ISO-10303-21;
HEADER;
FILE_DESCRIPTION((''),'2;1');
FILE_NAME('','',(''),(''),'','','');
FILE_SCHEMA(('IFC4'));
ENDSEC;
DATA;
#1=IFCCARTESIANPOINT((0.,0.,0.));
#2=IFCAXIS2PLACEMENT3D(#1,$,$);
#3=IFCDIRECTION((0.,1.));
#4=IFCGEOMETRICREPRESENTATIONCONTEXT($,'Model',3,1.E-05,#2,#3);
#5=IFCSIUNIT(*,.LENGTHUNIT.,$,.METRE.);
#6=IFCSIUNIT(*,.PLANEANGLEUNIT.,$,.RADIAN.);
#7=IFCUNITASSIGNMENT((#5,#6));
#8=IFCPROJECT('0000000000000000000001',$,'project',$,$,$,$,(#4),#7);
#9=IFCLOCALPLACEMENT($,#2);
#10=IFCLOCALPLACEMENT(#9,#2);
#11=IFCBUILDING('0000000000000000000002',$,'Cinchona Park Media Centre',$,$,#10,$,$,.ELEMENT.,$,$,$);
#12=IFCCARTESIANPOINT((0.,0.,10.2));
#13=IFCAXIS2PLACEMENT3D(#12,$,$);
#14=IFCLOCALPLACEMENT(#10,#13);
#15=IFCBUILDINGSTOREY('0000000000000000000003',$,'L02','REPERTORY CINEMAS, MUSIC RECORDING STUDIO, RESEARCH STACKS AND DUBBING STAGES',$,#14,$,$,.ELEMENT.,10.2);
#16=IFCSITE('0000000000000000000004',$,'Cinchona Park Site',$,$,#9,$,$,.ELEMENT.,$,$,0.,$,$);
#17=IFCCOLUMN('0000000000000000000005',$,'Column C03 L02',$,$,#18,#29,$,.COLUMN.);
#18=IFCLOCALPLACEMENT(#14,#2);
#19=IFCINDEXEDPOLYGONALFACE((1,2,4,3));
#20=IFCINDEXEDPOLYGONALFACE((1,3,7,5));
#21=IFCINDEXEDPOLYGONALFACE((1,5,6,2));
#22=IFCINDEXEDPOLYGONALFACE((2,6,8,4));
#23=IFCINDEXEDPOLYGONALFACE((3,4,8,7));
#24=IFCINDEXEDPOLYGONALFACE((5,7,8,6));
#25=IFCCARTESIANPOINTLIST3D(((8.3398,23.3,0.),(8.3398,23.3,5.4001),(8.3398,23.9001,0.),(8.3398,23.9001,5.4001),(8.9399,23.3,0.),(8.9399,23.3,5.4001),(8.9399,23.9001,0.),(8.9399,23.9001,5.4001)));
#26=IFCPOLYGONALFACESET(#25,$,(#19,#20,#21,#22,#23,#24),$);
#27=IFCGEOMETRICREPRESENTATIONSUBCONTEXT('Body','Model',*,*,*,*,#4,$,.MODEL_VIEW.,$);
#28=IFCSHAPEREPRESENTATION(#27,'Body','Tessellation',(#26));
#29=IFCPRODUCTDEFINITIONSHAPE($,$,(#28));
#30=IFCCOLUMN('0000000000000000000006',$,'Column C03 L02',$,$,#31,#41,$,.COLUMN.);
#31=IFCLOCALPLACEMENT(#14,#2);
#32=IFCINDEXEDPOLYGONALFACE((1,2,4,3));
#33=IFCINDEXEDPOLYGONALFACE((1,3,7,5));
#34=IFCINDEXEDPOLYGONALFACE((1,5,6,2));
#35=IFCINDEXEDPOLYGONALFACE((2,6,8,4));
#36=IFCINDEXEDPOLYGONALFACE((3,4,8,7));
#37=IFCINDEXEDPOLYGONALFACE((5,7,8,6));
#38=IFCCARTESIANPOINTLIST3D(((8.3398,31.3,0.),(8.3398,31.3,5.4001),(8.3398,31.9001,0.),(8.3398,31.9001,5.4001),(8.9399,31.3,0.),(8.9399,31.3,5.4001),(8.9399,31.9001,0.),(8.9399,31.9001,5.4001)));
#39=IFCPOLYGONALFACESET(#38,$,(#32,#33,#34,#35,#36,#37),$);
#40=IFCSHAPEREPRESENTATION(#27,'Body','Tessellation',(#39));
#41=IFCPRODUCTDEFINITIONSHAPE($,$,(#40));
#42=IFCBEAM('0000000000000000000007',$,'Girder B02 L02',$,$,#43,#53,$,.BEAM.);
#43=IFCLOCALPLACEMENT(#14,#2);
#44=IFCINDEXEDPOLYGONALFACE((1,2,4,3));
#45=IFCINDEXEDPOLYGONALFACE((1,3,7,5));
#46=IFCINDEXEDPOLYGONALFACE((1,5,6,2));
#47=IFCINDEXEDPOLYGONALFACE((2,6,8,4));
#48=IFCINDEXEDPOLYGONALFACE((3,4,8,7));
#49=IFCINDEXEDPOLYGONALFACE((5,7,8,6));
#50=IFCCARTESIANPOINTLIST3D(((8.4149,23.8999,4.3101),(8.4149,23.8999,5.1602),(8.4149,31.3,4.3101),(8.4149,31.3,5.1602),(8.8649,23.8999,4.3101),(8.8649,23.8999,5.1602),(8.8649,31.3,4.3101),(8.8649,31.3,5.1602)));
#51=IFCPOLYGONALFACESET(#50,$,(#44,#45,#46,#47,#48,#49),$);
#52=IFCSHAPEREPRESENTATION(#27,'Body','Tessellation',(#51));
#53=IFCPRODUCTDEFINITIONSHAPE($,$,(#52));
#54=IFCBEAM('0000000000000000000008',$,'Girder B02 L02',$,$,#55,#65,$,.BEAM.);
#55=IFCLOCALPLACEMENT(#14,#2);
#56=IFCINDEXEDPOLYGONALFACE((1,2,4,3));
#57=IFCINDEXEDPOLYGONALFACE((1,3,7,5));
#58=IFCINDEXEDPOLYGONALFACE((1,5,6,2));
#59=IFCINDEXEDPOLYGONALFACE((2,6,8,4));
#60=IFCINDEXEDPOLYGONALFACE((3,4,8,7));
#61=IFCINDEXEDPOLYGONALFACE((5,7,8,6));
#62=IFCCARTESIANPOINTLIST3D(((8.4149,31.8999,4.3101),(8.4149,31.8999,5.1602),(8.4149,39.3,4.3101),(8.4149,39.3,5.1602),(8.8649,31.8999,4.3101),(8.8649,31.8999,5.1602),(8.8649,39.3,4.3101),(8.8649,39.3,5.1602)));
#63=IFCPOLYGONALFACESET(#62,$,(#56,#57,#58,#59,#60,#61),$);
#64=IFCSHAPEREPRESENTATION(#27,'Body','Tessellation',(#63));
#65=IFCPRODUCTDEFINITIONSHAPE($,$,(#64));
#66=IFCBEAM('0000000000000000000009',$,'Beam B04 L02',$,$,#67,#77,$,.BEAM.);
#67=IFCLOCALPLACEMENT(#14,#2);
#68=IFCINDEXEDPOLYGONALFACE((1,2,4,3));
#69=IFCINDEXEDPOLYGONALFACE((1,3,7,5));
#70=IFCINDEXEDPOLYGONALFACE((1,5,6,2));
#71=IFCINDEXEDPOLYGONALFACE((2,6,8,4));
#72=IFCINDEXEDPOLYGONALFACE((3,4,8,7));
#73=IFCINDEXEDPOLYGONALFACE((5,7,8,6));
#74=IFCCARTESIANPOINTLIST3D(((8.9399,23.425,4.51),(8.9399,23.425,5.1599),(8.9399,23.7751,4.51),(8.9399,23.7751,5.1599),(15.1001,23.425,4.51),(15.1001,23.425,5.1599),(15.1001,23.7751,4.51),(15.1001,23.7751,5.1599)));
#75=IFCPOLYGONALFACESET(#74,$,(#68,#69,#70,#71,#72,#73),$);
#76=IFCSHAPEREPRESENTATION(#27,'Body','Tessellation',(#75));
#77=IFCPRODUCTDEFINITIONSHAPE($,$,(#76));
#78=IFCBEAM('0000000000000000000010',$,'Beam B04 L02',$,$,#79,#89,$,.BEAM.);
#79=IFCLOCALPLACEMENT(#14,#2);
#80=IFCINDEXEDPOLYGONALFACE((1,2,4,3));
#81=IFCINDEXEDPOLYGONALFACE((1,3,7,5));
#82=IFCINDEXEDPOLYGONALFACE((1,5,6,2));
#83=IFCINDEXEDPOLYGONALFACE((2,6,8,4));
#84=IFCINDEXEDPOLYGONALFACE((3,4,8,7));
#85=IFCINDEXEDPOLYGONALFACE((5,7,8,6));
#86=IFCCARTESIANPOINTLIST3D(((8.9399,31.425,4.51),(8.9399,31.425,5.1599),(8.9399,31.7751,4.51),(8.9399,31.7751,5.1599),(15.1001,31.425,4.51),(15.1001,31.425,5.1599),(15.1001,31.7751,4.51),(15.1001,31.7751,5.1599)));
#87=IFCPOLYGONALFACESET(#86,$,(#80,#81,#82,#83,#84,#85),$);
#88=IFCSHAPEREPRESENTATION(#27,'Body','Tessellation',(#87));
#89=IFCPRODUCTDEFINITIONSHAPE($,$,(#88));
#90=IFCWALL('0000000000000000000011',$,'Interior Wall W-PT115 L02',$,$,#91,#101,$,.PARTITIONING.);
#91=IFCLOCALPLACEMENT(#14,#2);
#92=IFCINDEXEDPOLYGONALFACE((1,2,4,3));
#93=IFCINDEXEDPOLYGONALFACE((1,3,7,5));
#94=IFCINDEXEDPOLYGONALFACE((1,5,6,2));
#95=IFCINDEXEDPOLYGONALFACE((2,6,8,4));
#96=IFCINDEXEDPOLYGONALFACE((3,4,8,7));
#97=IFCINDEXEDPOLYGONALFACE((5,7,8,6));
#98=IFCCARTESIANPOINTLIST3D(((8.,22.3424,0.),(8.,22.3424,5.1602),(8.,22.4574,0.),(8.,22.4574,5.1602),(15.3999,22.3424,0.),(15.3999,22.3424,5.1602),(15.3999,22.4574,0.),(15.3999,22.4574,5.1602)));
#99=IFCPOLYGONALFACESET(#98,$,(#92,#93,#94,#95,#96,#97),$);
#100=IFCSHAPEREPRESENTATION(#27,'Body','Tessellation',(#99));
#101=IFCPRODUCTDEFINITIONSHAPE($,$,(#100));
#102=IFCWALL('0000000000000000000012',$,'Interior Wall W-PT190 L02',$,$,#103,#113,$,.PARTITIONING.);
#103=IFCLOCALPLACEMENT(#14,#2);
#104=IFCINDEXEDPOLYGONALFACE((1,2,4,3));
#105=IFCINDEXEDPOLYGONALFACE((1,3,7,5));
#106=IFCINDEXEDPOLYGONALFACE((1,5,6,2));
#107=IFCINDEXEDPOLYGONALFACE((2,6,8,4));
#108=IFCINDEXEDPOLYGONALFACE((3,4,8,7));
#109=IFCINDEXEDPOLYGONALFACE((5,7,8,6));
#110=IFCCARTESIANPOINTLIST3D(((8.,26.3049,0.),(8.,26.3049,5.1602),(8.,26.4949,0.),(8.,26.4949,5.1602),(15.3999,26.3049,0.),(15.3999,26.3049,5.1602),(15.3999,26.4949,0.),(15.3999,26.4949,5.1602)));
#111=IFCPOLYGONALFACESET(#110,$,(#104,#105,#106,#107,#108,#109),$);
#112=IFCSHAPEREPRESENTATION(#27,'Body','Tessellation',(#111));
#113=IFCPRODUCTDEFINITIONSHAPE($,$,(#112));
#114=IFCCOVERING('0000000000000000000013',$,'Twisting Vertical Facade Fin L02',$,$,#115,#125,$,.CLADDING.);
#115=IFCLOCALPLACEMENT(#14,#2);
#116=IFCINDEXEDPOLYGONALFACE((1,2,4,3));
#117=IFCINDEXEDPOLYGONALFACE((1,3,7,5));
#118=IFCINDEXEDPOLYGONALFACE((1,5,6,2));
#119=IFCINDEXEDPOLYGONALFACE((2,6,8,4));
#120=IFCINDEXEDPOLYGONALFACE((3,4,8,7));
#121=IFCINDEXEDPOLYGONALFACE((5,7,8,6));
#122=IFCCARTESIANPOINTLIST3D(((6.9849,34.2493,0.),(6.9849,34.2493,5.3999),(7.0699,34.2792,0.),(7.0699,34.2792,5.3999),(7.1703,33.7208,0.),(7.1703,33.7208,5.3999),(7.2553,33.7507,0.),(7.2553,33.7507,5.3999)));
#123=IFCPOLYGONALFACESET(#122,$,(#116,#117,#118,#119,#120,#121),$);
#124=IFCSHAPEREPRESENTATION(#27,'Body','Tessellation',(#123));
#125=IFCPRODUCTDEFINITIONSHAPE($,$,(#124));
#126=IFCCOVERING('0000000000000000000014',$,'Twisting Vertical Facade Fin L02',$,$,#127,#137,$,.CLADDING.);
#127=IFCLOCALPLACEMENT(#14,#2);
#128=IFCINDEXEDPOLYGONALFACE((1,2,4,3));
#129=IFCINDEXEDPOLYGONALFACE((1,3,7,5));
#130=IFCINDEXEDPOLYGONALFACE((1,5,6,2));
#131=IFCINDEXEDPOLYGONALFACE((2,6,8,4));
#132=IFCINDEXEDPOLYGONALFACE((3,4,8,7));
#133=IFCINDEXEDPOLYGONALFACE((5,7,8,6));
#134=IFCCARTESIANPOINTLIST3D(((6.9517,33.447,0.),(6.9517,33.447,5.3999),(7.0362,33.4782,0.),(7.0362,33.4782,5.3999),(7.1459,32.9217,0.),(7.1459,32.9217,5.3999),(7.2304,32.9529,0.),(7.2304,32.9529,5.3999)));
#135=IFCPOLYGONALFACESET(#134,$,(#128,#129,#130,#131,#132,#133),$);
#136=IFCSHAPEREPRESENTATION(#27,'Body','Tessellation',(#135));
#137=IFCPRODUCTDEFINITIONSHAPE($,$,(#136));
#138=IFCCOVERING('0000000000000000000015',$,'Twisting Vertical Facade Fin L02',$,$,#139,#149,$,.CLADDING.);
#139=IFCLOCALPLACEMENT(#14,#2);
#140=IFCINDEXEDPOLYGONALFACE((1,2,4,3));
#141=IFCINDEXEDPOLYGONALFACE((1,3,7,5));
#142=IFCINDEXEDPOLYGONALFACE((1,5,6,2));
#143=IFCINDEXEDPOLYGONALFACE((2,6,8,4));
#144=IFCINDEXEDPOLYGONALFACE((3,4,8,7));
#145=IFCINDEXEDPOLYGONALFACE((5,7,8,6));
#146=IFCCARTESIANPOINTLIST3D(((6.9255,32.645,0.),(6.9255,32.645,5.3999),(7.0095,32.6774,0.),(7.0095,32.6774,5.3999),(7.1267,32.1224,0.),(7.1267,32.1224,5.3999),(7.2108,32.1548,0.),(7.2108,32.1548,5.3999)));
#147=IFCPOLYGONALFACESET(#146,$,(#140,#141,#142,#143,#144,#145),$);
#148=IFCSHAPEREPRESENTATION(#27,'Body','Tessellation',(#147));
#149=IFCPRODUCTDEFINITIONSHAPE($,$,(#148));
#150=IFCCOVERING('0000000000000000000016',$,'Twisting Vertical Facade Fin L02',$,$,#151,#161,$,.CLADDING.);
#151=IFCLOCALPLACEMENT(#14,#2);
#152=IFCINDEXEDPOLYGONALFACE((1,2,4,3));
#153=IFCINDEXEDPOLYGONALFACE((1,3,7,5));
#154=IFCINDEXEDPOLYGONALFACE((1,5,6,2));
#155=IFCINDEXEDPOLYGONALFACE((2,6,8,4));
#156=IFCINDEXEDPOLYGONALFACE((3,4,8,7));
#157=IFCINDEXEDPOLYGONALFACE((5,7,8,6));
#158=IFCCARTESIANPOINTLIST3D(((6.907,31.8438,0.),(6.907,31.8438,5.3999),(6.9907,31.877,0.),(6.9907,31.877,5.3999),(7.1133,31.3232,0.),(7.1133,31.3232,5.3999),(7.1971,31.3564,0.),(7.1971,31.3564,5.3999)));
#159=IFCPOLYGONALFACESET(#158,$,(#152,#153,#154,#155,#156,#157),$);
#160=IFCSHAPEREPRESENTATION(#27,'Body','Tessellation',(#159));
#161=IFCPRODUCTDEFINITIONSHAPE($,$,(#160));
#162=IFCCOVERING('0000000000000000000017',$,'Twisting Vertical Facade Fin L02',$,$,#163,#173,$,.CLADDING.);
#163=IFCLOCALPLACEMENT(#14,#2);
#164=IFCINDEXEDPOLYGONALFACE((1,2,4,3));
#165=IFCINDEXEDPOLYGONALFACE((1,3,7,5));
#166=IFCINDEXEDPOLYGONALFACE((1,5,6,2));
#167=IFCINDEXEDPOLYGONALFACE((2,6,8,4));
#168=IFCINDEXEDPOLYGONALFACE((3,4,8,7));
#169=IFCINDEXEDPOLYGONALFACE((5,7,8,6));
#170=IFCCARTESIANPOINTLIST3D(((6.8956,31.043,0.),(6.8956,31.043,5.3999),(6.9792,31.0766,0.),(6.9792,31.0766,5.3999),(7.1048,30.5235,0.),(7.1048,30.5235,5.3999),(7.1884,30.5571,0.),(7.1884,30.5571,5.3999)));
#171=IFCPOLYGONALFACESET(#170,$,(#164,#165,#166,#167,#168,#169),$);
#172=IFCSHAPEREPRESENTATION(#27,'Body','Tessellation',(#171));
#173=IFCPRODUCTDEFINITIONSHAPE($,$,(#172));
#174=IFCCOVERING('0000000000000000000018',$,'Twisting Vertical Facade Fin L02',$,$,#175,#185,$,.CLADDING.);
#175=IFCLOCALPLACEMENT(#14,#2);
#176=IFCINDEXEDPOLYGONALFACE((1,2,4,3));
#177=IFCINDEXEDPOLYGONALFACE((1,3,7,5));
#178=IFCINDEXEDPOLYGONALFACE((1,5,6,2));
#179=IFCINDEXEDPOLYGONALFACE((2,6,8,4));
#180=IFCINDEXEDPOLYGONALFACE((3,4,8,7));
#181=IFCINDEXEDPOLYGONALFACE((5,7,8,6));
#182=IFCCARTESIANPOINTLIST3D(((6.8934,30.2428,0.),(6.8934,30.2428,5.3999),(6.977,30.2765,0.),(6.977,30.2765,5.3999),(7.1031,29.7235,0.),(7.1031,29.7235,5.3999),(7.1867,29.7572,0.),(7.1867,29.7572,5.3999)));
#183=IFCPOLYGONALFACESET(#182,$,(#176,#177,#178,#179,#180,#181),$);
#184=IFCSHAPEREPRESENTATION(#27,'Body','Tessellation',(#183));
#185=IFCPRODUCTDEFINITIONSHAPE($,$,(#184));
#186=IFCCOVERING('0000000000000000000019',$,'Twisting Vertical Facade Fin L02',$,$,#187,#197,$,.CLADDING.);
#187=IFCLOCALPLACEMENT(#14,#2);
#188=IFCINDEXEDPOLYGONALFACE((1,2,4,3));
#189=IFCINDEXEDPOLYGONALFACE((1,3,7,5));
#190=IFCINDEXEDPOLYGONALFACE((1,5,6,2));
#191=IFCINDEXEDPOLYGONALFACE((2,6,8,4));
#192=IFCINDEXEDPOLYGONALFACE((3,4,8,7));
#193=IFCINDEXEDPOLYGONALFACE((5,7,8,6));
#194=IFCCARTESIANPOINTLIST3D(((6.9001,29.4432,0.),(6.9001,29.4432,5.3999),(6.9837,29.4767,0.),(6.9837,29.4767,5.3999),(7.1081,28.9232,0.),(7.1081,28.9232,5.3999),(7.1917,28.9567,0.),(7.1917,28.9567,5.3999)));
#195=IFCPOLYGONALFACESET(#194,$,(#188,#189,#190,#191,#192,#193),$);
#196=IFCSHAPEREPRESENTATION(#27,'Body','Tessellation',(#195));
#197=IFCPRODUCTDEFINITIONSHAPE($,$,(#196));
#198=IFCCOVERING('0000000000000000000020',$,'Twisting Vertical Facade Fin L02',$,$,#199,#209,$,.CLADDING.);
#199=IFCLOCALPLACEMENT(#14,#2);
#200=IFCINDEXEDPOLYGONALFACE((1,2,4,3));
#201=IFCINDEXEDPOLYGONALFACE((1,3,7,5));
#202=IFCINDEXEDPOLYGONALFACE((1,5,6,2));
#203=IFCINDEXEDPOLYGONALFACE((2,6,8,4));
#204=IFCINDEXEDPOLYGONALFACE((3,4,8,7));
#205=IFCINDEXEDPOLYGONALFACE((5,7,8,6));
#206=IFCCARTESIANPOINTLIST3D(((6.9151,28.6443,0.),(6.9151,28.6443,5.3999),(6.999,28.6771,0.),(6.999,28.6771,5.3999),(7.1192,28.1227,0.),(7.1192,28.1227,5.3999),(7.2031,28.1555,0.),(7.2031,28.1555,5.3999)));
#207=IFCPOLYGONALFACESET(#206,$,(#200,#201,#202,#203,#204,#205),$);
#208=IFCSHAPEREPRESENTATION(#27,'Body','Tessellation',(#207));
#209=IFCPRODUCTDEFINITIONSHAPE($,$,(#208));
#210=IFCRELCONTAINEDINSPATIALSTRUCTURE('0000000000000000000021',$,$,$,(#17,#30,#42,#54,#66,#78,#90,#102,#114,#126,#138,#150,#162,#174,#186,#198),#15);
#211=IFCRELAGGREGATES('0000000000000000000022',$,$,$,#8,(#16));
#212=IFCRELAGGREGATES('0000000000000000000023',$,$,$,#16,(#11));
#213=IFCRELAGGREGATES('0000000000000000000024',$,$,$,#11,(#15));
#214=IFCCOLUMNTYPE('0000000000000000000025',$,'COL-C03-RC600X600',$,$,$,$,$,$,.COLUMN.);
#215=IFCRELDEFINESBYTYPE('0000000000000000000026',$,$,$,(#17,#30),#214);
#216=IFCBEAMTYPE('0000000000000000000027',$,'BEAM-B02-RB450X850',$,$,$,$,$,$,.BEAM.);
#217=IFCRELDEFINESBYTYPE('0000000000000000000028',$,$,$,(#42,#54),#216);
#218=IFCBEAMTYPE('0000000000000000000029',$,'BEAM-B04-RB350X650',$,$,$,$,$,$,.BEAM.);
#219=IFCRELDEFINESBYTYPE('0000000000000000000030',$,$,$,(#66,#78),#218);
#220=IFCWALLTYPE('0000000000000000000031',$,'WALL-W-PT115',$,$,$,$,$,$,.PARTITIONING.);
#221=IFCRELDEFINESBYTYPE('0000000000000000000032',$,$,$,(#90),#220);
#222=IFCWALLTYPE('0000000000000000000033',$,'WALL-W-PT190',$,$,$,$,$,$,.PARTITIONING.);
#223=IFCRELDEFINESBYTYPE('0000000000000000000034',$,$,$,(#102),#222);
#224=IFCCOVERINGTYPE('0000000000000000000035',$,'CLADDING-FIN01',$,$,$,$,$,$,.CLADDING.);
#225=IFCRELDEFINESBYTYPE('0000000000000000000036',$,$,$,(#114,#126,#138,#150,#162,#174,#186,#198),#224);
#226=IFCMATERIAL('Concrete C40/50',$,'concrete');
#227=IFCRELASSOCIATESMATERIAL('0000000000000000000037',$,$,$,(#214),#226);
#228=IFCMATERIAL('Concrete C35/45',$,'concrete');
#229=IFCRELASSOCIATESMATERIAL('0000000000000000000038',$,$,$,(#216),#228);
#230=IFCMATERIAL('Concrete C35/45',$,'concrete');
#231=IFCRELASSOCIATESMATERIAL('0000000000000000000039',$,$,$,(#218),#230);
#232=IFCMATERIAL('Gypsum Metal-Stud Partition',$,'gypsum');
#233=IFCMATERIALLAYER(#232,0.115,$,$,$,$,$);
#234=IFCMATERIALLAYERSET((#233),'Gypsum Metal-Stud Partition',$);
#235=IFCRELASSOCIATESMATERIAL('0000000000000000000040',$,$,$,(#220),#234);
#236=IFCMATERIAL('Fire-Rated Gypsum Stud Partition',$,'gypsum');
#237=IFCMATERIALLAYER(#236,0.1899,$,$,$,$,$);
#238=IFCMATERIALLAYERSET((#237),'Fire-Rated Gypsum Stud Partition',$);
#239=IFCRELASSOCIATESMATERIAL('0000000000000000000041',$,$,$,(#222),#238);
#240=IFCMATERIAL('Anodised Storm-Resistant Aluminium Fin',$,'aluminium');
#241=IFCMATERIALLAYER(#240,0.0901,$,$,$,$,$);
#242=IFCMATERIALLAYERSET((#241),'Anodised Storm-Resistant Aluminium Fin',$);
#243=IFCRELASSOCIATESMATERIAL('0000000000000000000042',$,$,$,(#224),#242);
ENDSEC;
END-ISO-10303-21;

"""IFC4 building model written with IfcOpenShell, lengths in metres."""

from ifc_helpers import new_model, si_unit, direction, frame, frame_2d, origin, origin_2d, place, context, subcontext, project, spatial, rectangle, extrude, material, layer, layer_set, material_profile, profile_set, type_object, element, save


model = new_model("IFC4")

# Units and contexts
model_context = context("Model", 3, precision=1e-05, world=origin(), true_north=direction((0.0, 1.0)))
body_context = subcontext(model_context, "Body", "Model", "MODEL_VIEW")
ifc_project = project(units=[si_unit("LENGTHUNIT", "METRE"), si_unit("PLANEANGLEUNIT", "RADIAN")], contexts=[model_context])

# Site, building, storey
site_placement = place(None, origin())
site = spatial("IfcSite", under=ifc_project, at=site_placement, Name="Cinchona Park Site", CompositionType="ELEMENT", RefElevation=0.0)
building_placement = place(site_placement, origin())
building = spatial("IfcBuilding", under=site, at=building_placement, Name="Cinchona Park Media Centre", CompositionType="ELEMENT")
storey_placement = place(building_placement, frame((0.0, 0.0, 10.2)))
storey = spatial("IfcBuildingStorey", under=building, at=storey_placement, Name="L02", Description="REPERTORY CINEMAS, MUSIC RECORDING STUDIO, RESEARCH STACKS AND DUBBING STAGES", CompositionType="ELEMENT", Elevation=10.2)

# Columns
ifc_material_1 = material(Name="Concrete C40/50", Category="concrete")
ifc_material_profile_1 = material_profile(ifc_material_1, rectangle(XDim=0.6001, YDim=0.6001, at=origin_2d()), Name="RC 600X600")
ifc_profile_set_1 = profile_set([ifc_material_profile_1], Name="Concrete C40/50")
column_type = type_object("IfcColumnType", Name="COL-C03-RC600X600", PredefinedType="COLUMN", material=ifc_profile_set_1)
for number, where, z_axis, x_axis, name in (
    (1, (8.6399, 23.6001, 0.0), (0.0, 0.0, 1.0), (1.0, 0.0, 0.0), "Column C03 L02"),
    (2, (8.6399, 31.6001, 0.0), (0.0, 0.0, 1.0), (1.0, 0.0, 0.0), "Column C03 L02"),
):
    element("IfcColumn", number, at=place(storey_placement, frame(where, z_axis=z_axis, x_axis=x_axis)), inside=storey, type_object=column_type, Name=name, PredefinedType="COLUMN", context=body_context, shape_type="SweptSolid", body=[
        extrude(rectangle(XDim=0.6001, YDim=0.6001, at=origin_2d()), origin(), (0.0, 0.0, 1.0), 5.4001),
    ])

# Beams
ifc_material_2 = material(Name="Concrete C35/45", Category="concrete")
ifc_material_profile_2 = material_profile(ifc_material_2, rectangle(XDim=0.45, YDim=0.8501, at=origin_2d()), Name="RB 450X850")
ifc_profile_set_2 = profile_set([ifc_material_profile_2], Name="Concrete C35/45")
beam_type_1 = type_object("IfcBeamType", Name="BEAM-B02-RB450X850", PredefinedType="BEAM", material=ifc_profile_set_2)
for number, where, z_axis, x_axis, name in (
    (3, (8.6399, 23.8999, 4.7351), (0.0, 1.0, 0.0), (-1.0, 0.0, 0.0), "Girder B02 L02"),
    (4, (8.6399, 31.8999, 4.7351), (0.0, 1.0, 0.0), (-1.0, 0.0, 0.0), "Girder B02 L02"),
):
    element("IfcBeam", number, at=place(storey_placement, frame(where, z_axis=z_axis, x_axis=x_axis)), inside=storey, type_object=beam_type_1, Name=name, PredefinedType="BEAM", context=body_context, shape_type="SweptSolid", body=[
        extrude(rectangle(XDim=0.45, YDim=0.8501, at=origin_2d()), origin(), (0.0, 0.0, 1.0), 7.4001),
    ])
ifc_material_3 = material(Name="Concrete C35/45", Category="concrete")
ifc_material_profile_3 = material_profile(ifc_material_3, rectangle(XDim=0.3501, YDim=0.6499, at=origin_2d()), Name="RB 350X650")
ifc_profile_set_3 = profile_set([ifc_material_profile_3], Name="Concrete C35/45")
beam_type_2 = type_object("IfcBeamType", Name="BEAM-B04-RB350X650", PredefinedType="BEAM", material=ifc_profile_set_3)
for number, where, z_axis, x_axis, name in (
    (5, (8.9399, 23.6001, 4.835), (1.0, 0.0, 0.0), (0.0, 1.0, 0.0), "Beam B04 L02"),
    (6, (8.9399, 31.6001, 4.835), (1.0, 0.0, 0.0), (0.0, 1.0, 0.0), "Beam B04 L02"),
):
    element("IfcBeam", number, at=place(storey_placement, frame(where, z_axis=z_axis, x_axis=x_axis)), inside=storey, type_object=beam_type_2, Name=name, PredefinedType="BEAM", context=body_context, shape_type="SweptSolid", body=[
        extrude(rectangle(XDim=0.3501, YDim=0.6499, at=origin_2d()), origin(), (0.0, 0.0, 1.0), 6.1602),
    ])

# Walls
ifc_material_4 = material(Name="Gypsum Metal-Stud Partition", Category="gypsum")
ifc_layer_1 = layer(ifc_material_4, 0.115)
ifc_layer_set_1 = layer_set([ifc_layer_1], Name="Gypsum Metal-Stud Partition")
wall_type_1 = type_object("IfcWallType", Name="WALL-W-PT115", PredefinedType="PARTITIONING", material=ifc_layer_set_1)
wall_1_placement = place(storey_placement, frame((8.0, 22.3999, 0.0), z_axis=(0.0, 0.0, 1.0), x_axis=(1.0, 0.0, 0.0)))
element("IfcWall", 7, at=wall_1_placement, inside=storey, type_object=wall_type_1, Name="Interior Wall W-PT115 L02", PredefinedType="PARTITIONING", context=body_context, shape_type="SweptSolid", body=[
    extrude(rectangle(XDim=7.3999, YDim=0.115, at=frame_2d((3.7, 0.0))), origin(), (0.0, 0.0, 1.0), 5.1602),
])
ifc_material_5 = material(Name="Fire-Rated Gypsum Stud Partition", Category="gypsum")
ifc_layer_2 = layer(ifc_material_5, 0.1899)
ifc_layer_set_2 = layer_set([ifc_layer_2], Name="Fire-Rated Gypsum Stud Partition")
wall_type_2 = type_object("IfcWallType", Name="WALL-W-PT190", PredefinedType="PARTITIONING", material=ifc_layer_set_2)
wall_2_placement = place(storey_placement, frame((8.0, 26.3999, 0.0), z_axis=(0.0, 0.0, 1.0), x_axis=(1.0, 0.0, 0.0)))
element("IfcWall", 8, at=wall_2_placement, inside=storey, type_object=wall_type_2, Name="Interior Wall W-PT190 L02", PredefinedType="PARTITIONING", context=body_context, shape_type="SweptSolid", body=[
    extrude(rectangle(XDim=7.3999, YDim=0.1899, at=frame_2d((3.7, 0.0))), origin(), (0.0, 0.0, 1.0), 5.1602),
])

# Coverings
ifc_material_6 = material(Name="Anodised Storm-Resistant Aluminium Fin", Category="aluminium")
ifc_layer_3 = layer(ifc_material_6, 0.0901)
ifc_layer_set_3 = layer_set([ifc_layer_3], Name="Anodised Storm-Resistant Aluminium Fin")
covering_type = type_object("IfcCoveringType", Name="CLADDING-FIN01", PredefinedType="CLADDING", material=ifc_layer_set_3)
for number, where, z_axis, x_axis, name in (
    (9, (7.1201, 34.0, 0.0), (0.0, 0.0, 1.0), (0.331009, -0.943628, 0.0), "Twisting Vertical Facade Fin L02"),
    (10, (7.0911, 33.2, 0.0), (0.0, 0.0, 1.0), (0.346772, -0.937949, 0.0), "Twisting Vertical Facade Fin L02"),
    (11, (7.0681, 32.3999, 0.0), (0.0, 0.0, 1.0), (0.359345, -0.933205, 0.0), "Twisting Vertical Facade Fin L02"),
    (12, (7.052, 31.6001, 0.0), (0.0, 0.0, 1.0), (0.368449, -0.929648, 0.0), "Twisting Vertical Facade Fin L02"),
    (13, (7.042, 30.8, 0.0), (0.0, 0.0, 1.0), (0.373474, -0.927641, 0.0), "Twisting Vertical Facade Fin L02"),
    (14, (7.04, 30.0, 0.0), (0.0, 0.0, 1.0), (0.374445, -0.927249, 0.0), "Twisting Vertical Facade Fin L02"),
    (15, (7.0459, 29.2, 0.0), (0.0, 0.0, 1.0), (0.371368, -0.928486, 0.0), "Twisting Vertical Facade Fin L02"),
    (16, (7.0591, 28.3999, 0.0), (0.0, 0.0, 1.0), (0.364389, -0.931247, 0.0), "Twisting Vertical Facade Fin L02"),
):
    element("IfcCovering", number, at=place(storey_placement, frame(where, z_axis=z_axis, x_axis=x_axis)), inside=storey, type_object=covering_type, Name=name, PredefinedType="CLADDING", context=body_context, shape_type="SweptSolid", body=[
        extrude(rectangle(XDim=0.5601, YDim=0.0901, at=origin_2d()), origin(), (0.0, 0.0, 1.0), 5.3999),
    ])

save(model, "model.ifc")
